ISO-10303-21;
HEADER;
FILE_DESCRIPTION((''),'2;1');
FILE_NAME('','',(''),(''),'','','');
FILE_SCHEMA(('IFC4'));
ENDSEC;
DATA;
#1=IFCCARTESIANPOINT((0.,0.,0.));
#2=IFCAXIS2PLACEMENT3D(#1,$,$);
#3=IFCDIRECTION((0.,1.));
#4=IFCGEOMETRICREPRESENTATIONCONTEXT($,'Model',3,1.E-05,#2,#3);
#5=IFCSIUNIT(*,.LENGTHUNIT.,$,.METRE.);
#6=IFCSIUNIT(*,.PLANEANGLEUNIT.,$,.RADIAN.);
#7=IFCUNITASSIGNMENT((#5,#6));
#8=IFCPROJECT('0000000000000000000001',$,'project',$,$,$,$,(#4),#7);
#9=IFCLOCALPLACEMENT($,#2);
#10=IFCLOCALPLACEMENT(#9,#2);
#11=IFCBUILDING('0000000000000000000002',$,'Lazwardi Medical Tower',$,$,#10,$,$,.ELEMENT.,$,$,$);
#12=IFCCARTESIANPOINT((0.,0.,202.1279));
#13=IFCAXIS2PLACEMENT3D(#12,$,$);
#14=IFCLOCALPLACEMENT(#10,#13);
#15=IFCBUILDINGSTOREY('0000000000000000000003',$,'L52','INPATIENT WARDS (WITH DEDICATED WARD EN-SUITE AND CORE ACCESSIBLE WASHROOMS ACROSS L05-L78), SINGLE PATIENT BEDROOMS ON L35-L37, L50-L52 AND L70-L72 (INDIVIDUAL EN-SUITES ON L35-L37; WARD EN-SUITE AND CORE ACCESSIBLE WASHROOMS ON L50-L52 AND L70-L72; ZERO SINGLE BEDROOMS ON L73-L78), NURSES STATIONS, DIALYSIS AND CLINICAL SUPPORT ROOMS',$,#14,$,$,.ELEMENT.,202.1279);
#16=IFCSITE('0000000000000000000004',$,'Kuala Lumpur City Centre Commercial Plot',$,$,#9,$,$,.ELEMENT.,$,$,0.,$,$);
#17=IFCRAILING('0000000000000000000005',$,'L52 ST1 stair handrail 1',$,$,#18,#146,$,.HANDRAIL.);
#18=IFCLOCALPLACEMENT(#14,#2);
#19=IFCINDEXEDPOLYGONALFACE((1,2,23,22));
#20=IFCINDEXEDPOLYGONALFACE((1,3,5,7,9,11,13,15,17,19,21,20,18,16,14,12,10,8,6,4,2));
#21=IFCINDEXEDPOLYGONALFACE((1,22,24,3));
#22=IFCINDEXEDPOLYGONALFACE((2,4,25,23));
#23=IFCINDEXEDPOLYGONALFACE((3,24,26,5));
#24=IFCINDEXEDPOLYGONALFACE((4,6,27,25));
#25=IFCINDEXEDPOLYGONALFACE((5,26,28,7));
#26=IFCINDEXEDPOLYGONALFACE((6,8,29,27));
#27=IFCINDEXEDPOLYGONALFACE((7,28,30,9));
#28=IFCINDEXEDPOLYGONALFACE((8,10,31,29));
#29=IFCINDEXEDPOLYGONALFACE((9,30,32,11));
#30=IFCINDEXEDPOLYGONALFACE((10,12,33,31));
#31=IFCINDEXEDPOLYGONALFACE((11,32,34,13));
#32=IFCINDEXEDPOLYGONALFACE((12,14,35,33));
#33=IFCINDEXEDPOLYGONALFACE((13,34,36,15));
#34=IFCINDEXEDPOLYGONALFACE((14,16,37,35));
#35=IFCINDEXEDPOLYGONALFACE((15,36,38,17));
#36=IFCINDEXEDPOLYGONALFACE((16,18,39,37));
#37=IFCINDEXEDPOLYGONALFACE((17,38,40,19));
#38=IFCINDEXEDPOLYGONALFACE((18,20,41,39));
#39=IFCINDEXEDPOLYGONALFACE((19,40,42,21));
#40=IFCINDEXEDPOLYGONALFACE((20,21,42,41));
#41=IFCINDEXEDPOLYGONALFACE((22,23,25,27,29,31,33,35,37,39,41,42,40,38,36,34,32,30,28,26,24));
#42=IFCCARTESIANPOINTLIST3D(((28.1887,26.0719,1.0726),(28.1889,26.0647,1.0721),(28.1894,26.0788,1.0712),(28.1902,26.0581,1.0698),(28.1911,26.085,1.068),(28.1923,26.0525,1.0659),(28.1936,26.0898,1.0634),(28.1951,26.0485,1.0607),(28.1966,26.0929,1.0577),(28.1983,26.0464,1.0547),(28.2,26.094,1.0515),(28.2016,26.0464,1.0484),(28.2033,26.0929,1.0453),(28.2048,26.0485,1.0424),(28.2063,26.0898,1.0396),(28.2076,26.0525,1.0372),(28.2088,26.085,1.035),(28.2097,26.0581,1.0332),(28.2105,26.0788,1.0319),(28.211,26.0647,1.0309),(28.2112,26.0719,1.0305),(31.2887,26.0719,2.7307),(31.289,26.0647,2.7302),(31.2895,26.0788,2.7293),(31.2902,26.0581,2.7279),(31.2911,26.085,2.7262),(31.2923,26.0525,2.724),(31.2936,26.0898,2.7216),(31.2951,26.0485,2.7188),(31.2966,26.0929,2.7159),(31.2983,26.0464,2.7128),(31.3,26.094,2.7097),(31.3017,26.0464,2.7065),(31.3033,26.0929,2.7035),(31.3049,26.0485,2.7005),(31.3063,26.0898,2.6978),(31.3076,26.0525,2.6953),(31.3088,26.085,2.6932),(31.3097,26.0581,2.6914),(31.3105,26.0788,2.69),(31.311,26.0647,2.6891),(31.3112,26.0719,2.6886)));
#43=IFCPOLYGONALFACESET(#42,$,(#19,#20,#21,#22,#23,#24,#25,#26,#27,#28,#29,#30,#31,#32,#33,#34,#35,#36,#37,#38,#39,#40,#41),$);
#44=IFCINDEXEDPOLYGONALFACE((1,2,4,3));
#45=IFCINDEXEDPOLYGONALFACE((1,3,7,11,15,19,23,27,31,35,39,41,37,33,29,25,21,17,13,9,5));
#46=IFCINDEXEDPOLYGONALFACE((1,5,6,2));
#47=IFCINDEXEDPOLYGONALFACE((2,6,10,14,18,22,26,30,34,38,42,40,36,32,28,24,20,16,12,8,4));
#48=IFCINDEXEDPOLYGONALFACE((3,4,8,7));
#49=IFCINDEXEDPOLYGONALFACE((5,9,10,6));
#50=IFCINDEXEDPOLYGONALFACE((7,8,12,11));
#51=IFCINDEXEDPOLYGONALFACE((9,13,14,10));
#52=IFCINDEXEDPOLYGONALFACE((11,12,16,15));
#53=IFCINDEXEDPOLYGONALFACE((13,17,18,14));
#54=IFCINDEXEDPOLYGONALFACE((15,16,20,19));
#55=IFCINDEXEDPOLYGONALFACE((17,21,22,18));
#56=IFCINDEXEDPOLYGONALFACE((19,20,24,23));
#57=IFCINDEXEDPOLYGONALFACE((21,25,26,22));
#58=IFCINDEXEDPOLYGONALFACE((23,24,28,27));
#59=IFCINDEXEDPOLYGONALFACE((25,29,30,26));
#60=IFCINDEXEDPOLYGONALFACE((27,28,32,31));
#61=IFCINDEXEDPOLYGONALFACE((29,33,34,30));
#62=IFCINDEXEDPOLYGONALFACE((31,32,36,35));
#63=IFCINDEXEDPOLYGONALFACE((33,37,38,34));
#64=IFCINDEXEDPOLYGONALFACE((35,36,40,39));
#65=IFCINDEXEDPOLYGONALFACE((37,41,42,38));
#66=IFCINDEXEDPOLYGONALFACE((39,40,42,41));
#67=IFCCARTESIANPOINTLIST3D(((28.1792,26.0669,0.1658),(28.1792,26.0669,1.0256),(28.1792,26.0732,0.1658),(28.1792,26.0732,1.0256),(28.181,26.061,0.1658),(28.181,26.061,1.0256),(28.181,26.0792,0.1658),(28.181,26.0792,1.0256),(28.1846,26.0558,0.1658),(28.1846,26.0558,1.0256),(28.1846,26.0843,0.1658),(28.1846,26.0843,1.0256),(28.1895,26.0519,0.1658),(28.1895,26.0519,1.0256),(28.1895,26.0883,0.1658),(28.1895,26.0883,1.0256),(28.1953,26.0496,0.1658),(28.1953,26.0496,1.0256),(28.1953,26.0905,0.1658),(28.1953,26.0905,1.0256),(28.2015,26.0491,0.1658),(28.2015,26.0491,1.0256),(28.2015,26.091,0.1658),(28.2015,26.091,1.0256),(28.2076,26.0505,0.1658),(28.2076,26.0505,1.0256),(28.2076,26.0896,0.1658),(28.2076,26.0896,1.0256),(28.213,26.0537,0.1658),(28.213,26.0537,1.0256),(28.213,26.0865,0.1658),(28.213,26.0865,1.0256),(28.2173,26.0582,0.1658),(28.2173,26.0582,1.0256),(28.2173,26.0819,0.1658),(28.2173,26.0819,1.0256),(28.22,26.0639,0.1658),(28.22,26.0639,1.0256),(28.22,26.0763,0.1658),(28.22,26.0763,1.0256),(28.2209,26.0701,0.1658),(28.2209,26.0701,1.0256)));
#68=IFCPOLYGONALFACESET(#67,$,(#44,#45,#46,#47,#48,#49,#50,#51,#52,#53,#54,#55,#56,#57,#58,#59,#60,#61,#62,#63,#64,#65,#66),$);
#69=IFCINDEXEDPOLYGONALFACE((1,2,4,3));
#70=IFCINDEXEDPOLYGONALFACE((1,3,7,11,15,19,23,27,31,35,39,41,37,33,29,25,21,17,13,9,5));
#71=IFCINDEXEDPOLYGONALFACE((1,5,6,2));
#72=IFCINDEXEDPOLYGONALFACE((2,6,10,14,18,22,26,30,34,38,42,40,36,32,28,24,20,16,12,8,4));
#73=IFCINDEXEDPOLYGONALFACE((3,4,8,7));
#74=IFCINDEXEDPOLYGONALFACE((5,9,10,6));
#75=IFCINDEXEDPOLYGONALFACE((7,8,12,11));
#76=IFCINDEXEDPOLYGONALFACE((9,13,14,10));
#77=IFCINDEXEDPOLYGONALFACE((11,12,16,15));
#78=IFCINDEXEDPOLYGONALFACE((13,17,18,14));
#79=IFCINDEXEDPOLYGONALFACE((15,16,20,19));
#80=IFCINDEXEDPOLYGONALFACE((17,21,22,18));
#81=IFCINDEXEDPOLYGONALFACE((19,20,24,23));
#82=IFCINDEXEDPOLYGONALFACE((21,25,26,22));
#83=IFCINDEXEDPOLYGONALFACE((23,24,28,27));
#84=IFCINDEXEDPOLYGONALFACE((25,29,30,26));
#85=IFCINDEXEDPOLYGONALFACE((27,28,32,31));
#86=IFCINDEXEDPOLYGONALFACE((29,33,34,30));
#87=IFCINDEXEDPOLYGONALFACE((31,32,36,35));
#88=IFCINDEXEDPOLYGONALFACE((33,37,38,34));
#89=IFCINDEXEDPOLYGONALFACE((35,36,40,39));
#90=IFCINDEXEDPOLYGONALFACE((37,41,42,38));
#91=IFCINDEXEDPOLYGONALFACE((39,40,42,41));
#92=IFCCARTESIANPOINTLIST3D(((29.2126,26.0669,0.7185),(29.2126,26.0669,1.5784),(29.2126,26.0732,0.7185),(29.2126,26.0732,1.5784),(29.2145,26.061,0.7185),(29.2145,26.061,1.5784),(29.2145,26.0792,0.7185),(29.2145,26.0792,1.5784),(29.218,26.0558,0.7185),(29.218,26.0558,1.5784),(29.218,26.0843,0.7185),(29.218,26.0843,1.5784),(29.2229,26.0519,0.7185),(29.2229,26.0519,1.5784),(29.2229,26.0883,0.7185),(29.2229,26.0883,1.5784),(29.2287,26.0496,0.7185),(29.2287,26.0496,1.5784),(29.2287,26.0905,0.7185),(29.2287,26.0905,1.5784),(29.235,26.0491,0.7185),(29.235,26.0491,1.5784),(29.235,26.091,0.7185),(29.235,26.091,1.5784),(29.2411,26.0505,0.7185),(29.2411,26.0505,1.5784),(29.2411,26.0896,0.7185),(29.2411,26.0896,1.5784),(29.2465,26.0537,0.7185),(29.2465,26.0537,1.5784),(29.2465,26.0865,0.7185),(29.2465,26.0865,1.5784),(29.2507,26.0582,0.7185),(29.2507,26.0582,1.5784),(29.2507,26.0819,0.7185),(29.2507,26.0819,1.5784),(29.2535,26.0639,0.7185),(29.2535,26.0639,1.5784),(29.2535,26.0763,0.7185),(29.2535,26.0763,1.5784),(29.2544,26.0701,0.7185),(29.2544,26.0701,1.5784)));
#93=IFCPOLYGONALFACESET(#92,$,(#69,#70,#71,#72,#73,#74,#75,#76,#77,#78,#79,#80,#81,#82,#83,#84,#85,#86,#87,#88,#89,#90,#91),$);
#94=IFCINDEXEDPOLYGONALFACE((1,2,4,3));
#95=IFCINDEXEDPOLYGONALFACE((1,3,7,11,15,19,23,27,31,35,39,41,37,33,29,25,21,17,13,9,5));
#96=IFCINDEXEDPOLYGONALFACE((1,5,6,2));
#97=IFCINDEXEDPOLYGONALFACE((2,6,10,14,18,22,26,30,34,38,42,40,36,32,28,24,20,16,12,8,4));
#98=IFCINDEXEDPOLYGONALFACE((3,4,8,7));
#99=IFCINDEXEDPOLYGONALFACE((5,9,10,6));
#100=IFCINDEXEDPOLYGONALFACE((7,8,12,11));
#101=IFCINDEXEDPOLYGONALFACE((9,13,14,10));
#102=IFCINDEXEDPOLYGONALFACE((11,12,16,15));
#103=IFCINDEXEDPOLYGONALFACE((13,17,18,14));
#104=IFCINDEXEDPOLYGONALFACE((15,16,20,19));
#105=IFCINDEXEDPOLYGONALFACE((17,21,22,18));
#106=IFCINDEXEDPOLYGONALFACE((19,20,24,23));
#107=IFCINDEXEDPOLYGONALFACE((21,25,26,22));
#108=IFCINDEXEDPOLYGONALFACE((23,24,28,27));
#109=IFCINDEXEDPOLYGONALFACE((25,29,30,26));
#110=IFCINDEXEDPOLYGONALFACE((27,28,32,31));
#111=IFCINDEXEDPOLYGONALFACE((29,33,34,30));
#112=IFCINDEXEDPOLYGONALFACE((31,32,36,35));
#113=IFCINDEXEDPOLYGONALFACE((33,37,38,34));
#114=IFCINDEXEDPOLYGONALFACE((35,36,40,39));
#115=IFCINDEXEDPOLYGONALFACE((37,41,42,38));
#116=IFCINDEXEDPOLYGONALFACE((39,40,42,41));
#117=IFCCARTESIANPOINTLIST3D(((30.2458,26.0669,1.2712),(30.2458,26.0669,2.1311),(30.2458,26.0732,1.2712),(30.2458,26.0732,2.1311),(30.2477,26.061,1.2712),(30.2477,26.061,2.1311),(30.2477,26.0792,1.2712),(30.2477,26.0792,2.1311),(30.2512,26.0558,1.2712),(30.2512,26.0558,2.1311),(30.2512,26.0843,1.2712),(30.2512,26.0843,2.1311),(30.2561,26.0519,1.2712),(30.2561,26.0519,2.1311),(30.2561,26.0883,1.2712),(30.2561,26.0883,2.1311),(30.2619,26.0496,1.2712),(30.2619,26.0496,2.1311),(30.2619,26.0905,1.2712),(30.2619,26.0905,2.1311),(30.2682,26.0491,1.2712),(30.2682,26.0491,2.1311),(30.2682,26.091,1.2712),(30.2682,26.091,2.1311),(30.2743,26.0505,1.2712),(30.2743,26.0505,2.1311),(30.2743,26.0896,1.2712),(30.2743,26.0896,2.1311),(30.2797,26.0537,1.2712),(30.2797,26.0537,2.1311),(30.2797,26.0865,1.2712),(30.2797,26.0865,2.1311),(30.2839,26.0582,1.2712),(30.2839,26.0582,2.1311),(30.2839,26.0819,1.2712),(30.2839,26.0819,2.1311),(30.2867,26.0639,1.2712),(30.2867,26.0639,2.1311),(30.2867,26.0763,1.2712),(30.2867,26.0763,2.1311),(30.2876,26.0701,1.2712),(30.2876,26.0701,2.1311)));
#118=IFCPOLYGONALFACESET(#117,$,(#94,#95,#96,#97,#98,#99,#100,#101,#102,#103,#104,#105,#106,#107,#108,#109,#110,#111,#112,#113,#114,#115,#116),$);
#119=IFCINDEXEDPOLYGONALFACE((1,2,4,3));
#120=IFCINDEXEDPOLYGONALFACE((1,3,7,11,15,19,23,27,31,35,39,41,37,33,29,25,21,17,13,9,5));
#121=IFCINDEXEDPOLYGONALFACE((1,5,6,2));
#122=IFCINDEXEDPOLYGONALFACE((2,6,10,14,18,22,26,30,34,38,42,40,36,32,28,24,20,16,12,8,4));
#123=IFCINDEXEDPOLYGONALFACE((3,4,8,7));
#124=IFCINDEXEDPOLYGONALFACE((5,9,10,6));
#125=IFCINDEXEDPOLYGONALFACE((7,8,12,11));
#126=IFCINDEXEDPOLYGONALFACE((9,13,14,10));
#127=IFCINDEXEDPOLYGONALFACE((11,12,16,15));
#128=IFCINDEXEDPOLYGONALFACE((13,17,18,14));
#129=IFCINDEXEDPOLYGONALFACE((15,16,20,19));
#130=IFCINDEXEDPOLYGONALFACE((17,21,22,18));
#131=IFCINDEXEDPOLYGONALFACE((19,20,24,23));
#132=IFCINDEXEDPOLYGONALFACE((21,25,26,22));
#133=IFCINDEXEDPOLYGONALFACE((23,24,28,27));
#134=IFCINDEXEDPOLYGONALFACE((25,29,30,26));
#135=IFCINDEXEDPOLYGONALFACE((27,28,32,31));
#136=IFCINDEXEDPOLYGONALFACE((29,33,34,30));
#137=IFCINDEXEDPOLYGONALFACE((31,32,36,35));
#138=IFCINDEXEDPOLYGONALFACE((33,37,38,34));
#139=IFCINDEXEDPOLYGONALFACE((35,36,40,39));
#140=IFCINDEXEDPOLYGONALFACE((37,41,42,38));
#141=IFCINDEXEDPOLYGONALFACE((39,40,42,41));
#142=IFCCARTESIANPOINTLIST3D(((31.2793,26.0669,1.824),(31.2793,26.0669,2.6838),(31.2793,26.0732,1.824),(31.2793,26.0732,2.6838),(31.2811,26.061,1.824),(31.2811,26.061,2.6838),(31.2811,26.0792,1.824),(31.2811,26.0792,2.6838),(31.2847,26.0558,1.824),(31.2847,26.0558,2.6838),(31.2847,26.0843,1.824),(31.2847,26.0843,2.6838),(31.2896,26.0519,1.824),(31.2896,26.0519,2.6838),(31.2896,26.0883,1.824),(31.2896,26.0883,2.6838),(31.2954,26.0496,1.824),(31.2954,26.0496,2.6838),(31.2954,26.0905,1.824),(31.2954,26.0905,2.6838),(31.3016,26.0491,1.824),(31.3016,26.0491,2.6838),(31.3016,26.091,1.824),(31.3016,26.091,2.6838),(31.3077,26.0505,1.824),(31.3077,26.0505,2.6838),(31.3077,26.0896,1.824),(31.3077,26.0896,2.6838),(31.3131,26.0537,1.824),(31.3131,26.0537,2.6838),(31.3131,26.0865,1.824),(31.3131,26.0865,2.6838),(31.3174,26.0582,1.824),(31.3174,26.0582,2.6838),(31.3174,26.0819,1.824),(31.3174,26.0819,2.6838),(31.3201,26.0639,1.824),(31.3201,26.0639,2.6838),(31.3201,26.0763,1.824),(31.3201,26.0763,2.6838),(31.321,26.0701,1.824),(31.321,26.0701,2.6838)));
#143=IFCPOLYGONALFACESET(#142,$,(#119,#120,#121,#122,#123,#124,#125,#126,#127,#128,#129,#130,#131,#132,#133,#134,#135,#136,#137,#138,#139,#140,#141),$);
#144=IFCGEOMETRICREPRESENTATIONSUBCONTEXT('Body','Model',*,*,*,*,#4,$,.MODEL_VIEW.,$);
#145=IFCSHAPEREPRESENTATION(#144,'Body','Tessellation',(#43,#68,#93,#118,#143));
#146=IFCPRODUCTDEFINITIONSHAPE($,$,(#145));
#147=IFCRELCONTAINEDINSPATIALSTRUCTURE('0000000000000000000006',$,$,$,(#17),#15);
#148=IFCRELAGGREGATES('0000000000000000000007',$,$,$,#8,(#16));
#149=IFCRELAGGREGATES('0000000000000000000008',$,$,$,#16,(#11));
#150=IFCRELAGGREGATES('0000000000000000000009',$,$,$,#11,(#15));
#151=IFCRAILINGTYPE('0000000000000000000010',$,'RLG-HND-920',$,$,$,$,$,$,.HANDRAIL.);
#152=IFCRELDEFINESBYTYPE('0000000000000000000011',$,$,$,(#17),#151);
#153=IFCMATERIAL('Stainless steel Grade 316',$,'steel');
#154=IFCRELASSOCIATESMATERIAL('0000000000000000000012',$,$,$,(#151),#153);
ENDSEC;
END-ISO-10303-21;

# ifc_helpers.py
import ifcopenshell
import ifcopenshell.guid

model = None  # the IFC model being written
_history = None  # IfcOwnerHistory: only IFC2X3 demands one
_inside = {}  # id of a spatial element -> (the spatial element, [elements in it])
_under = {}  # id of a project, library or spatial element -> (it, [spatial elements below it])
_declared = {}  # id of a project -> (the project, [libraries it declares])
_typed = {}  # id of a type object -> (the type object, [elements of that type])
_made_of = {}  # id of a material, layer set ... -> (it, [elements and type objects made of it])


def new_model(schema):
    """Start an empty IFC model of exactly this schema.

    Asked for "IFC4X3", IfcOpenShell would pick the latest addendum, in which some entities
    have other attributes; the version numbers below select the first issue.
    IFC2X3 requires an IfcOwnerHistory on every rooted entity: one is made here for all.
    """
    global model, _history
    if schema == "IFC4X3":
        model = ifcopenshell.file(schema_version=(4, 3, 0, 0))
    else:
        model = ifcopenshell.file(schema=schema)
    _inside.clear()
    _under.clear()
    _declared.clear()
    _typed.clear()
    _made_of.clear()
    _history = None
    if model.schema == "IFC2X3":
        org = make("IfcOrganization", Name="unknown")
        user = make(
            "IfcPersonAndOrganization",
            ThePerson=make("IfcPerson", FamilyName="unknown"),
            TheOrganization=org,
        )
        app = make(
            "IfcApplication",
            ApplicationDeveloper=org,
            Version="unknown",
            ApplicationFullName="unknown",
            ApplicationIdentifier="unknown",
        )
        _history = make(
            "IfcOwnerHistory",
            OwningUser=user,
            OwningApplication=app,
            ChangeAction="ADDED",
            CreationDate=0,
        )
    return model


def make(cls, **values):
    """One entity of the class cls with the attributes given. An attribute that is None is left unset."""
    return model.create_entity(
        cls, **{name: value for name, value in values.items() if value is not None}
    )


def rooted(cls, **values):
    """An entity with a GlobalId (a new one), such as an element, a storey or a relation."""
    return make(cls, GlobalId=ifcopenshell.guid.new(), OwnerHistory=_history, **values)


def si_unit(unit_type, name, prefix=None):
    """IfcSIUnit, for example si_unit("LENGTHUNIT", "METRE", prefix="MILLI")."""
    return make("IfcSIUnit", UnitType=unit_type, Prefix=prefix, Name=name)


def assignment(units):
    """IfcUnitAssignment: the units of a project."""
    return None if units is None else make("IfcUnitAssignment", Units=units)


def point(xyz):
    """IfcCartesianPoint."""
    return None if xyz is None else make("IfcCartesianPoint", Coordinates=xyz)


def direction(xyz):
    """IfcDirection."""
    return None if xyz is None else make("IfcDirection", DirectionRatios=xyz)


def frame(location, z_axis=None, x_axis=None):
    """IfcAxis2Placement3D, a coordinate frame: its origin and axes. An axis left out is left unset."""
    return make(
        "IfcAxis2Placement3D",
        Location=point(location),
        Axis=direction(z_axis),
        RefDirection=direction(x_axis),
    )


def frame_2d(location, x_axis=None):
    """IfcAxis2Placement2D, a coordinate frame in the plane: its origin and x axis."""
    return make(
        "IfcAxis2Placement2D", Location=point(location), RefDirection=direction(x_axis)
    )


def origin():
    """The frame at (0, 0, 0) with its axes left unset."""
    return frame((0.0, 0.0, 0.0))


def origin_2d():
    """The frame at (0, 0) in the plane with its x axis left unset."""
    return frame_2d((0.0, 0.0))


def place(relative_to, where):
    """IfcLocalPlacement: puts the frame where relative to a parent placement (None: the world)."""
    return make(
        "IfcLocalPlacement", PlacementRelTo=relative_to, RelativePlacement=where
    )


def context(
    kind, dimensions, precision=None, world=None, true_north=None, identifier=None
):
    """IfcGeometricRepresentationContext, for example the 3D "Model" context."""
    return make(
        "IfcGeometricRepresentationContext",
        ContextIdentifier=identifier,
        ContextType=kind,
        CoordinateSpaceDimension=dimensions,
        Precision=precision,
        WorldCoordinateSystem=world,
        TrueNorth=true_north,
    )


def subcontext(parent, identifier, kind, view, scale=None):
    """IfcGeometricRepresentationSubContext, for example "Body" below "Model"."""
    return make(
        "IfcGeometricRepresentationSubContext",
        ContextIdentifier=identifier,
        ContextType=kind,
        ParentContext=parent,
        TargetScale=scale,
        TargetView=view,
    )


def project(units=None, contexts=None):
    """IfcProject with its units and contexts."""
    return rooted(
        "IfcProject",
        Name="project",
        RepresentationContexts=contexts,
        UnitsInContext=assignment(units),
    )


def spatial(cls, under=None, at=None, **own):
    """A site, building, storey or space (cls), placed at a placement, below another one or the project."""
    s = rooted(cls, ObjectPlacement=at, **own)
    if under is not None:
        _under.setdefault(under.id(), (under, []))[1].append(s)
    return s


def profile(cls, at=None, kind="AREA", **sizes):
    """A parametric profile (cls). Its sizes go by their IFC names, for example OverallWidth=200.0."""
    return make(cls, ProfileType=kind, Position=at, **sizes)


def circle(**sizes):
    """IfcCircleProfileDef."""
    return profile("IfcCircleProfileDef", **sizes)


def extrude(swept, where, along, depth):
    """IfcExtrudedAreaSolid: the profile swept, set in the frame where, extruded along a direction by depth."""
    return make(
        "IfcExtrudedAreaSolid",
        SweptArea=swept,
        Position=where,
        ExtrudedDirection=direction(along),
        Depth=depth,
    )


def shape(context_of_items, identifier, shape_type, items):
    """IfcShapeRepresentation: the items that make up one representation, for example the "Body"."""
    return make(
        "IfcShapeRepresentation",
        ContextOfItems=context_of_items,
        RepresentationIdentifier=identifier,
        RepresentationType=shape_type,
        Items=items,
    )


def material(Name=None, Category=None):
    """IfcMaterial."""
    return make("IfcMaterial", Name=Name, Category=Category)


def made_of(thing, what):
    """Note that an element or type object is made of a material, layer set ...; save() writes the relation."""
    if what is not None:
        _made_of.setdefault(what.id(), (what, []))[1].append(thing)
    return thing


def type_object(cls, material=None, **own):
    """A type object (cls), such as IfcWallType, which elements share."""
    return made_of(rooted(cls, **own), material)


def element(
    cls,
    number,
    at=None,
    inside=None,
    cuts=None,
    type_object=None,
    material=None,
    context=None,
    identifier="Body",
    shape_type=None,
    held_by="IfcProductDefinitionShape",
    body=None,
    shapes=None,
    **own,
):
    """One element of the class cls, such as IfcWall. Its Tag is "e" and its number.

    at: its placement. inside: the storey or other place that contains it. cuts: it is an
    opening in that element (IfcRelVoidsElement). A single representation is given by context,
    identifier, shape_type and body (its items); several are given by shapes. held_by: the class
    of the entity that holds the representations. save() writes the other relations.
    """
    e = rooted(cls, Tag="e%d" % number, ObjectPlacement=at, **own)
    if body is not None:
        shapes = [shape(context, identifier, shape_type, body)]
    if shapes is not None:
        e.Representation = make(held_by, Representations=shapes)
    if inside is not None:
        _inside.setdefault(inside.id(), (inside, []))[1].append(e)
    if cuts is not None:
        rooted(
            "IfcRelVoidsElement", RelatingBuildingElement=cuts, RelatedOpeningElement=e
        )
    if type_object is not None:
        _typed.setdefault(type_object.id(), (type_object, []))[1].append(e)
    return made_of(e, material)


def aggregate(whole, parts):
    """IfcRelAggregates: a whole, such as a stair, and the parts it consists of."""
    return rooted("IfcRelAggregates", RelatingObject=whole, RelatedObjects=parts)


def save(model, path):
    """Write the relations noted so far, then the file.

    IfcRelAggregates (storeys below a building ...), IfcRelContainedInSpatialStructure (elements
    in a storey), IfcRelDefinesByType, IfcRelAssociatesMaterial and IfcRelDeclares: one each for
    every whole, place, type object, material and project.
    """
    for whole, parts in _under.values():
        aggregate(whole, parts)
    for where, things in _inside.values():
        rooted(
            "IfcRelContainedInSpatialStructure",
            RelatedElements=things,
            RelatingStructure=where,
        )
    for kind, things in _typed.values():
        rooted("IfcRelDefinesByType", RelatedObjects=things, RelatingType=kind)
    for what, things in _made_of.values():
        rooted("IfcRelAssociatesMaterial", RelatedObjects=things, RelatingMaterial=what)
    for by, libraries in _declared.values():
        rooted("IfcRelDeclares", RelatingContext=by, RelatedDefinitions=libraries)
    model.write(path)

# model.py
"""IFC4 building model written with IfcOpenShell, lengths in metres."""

from ifc_helpers import new_model, si_unit, direction, frame, origin, origin_2d, place, context, subcontext, project, spatial, circle, extrude, material, type_object, element, save


model = new_model("IFC4")

# Units and contexts
model_context = context("Model", 3, precision=1e-05, world=origin(), true_north=direction((0.0, 1.0)))
body_context = subcontext(model_context, "Body", "Model", "MODEL_VIEW")
ifc_project = project(units=[si_unit("LENGTHUNIT", "METRE"), si_unit("PLANEANGLEUNIT", "RADIAN")], contexts=[model_context])

# Site, building, storey
site_placement = place(None, origin())
site = spatial("IfcSite", under=ifc_project, at=site_placement, Name="Kuala Lumpur City Centre Commercial Plot", CompositionType="ELEMENT", RefElevation=0.0)
building_placement = place(site_placement, origin())
building = spatial("IfcBuilding", under=site, at=building_placement, Name="Lazwardi Medical Tower", CompositionType="ELEMENT")
storey_placement = place(building_placement, frame((0.0, 0.0, 202.1279)))
storey = spatial("IfcBuildingStorey", under=building, at=storey_placement, Name="L52", Description="INPATIENT WARDS (WITH DEDICATED WARD EN-SUITE AND CORE ACCESSIBLE WASHROOMS ACROSS L05-L78), SINGLE PATIENT BEDROOMS ON L35-L37, L50-L52 AND L70-L72 (INDIVIDUAL EN-SUITES ON L35-L37; WARD EN-SUITE AND CORE ACCESSIBLE WASHROOMS ON L50-L52 AND L70-L72; ZERO SINGLE BEDROOMS ON L73-L78), NURSES STATIONS, DIALYSIS AND CLINICAL SUPPORT ROOMS", CompositionType="ELEMENT", Elevation=202.1279)

# Railing
ifc_material_1 = material(Name="Stainless steel Grade 316", Category="steel")
railing_type_1 = type_object("IfcRailingType", Name="RLG-HND-920", PredefinedType="HANDRAIL", material=ifc_material_1)
railing_1_placement = place(storey_placement, frame((28.2, 26.0701, 0.1658)))
element("IfcRailing", 1, at=railing_1_placement, inside=storey, type_object=railing_type_1, Name="L52 ST1 stair handrail 1", PredefinedType="HANDRAIL", context=body_context, shape_type="SweptSolid", body=[
    extrude(circle(Radius=0.0239, at=origin_2d()), frame((0.0, 0.0, 0.8857), z_axis=(0.881783, 0.0, 0.471655), x_axis=(0.0, 1.0, 0.0)), (0.0, 0.0, 1.0), 3.5156),
    extrude(circle(Radius=0.021, at=origin_2d()), origin(), (0.0, 0.0, 1.0), 0.8599),
    extrude(circle(Radius=0.021, at=origin_2d()), frame((1.0334, 0.0, 0.5527)), (0.0, 0.0, 1.0), 0.8599),
    extrude(circle(Radius=0.021, at=origin_2d()), frame((2.0667, 0.0, 1.1055)), (0.0, 0.0, 1.0), 0.8599),
    extrude(circle(Radius=0.021, at=origin_2d()), frame((3.1001, 0.0, 1.6582)), (0.0, 0.0, 1.0), 0.8599),
])

save(model, "model.ifc")
